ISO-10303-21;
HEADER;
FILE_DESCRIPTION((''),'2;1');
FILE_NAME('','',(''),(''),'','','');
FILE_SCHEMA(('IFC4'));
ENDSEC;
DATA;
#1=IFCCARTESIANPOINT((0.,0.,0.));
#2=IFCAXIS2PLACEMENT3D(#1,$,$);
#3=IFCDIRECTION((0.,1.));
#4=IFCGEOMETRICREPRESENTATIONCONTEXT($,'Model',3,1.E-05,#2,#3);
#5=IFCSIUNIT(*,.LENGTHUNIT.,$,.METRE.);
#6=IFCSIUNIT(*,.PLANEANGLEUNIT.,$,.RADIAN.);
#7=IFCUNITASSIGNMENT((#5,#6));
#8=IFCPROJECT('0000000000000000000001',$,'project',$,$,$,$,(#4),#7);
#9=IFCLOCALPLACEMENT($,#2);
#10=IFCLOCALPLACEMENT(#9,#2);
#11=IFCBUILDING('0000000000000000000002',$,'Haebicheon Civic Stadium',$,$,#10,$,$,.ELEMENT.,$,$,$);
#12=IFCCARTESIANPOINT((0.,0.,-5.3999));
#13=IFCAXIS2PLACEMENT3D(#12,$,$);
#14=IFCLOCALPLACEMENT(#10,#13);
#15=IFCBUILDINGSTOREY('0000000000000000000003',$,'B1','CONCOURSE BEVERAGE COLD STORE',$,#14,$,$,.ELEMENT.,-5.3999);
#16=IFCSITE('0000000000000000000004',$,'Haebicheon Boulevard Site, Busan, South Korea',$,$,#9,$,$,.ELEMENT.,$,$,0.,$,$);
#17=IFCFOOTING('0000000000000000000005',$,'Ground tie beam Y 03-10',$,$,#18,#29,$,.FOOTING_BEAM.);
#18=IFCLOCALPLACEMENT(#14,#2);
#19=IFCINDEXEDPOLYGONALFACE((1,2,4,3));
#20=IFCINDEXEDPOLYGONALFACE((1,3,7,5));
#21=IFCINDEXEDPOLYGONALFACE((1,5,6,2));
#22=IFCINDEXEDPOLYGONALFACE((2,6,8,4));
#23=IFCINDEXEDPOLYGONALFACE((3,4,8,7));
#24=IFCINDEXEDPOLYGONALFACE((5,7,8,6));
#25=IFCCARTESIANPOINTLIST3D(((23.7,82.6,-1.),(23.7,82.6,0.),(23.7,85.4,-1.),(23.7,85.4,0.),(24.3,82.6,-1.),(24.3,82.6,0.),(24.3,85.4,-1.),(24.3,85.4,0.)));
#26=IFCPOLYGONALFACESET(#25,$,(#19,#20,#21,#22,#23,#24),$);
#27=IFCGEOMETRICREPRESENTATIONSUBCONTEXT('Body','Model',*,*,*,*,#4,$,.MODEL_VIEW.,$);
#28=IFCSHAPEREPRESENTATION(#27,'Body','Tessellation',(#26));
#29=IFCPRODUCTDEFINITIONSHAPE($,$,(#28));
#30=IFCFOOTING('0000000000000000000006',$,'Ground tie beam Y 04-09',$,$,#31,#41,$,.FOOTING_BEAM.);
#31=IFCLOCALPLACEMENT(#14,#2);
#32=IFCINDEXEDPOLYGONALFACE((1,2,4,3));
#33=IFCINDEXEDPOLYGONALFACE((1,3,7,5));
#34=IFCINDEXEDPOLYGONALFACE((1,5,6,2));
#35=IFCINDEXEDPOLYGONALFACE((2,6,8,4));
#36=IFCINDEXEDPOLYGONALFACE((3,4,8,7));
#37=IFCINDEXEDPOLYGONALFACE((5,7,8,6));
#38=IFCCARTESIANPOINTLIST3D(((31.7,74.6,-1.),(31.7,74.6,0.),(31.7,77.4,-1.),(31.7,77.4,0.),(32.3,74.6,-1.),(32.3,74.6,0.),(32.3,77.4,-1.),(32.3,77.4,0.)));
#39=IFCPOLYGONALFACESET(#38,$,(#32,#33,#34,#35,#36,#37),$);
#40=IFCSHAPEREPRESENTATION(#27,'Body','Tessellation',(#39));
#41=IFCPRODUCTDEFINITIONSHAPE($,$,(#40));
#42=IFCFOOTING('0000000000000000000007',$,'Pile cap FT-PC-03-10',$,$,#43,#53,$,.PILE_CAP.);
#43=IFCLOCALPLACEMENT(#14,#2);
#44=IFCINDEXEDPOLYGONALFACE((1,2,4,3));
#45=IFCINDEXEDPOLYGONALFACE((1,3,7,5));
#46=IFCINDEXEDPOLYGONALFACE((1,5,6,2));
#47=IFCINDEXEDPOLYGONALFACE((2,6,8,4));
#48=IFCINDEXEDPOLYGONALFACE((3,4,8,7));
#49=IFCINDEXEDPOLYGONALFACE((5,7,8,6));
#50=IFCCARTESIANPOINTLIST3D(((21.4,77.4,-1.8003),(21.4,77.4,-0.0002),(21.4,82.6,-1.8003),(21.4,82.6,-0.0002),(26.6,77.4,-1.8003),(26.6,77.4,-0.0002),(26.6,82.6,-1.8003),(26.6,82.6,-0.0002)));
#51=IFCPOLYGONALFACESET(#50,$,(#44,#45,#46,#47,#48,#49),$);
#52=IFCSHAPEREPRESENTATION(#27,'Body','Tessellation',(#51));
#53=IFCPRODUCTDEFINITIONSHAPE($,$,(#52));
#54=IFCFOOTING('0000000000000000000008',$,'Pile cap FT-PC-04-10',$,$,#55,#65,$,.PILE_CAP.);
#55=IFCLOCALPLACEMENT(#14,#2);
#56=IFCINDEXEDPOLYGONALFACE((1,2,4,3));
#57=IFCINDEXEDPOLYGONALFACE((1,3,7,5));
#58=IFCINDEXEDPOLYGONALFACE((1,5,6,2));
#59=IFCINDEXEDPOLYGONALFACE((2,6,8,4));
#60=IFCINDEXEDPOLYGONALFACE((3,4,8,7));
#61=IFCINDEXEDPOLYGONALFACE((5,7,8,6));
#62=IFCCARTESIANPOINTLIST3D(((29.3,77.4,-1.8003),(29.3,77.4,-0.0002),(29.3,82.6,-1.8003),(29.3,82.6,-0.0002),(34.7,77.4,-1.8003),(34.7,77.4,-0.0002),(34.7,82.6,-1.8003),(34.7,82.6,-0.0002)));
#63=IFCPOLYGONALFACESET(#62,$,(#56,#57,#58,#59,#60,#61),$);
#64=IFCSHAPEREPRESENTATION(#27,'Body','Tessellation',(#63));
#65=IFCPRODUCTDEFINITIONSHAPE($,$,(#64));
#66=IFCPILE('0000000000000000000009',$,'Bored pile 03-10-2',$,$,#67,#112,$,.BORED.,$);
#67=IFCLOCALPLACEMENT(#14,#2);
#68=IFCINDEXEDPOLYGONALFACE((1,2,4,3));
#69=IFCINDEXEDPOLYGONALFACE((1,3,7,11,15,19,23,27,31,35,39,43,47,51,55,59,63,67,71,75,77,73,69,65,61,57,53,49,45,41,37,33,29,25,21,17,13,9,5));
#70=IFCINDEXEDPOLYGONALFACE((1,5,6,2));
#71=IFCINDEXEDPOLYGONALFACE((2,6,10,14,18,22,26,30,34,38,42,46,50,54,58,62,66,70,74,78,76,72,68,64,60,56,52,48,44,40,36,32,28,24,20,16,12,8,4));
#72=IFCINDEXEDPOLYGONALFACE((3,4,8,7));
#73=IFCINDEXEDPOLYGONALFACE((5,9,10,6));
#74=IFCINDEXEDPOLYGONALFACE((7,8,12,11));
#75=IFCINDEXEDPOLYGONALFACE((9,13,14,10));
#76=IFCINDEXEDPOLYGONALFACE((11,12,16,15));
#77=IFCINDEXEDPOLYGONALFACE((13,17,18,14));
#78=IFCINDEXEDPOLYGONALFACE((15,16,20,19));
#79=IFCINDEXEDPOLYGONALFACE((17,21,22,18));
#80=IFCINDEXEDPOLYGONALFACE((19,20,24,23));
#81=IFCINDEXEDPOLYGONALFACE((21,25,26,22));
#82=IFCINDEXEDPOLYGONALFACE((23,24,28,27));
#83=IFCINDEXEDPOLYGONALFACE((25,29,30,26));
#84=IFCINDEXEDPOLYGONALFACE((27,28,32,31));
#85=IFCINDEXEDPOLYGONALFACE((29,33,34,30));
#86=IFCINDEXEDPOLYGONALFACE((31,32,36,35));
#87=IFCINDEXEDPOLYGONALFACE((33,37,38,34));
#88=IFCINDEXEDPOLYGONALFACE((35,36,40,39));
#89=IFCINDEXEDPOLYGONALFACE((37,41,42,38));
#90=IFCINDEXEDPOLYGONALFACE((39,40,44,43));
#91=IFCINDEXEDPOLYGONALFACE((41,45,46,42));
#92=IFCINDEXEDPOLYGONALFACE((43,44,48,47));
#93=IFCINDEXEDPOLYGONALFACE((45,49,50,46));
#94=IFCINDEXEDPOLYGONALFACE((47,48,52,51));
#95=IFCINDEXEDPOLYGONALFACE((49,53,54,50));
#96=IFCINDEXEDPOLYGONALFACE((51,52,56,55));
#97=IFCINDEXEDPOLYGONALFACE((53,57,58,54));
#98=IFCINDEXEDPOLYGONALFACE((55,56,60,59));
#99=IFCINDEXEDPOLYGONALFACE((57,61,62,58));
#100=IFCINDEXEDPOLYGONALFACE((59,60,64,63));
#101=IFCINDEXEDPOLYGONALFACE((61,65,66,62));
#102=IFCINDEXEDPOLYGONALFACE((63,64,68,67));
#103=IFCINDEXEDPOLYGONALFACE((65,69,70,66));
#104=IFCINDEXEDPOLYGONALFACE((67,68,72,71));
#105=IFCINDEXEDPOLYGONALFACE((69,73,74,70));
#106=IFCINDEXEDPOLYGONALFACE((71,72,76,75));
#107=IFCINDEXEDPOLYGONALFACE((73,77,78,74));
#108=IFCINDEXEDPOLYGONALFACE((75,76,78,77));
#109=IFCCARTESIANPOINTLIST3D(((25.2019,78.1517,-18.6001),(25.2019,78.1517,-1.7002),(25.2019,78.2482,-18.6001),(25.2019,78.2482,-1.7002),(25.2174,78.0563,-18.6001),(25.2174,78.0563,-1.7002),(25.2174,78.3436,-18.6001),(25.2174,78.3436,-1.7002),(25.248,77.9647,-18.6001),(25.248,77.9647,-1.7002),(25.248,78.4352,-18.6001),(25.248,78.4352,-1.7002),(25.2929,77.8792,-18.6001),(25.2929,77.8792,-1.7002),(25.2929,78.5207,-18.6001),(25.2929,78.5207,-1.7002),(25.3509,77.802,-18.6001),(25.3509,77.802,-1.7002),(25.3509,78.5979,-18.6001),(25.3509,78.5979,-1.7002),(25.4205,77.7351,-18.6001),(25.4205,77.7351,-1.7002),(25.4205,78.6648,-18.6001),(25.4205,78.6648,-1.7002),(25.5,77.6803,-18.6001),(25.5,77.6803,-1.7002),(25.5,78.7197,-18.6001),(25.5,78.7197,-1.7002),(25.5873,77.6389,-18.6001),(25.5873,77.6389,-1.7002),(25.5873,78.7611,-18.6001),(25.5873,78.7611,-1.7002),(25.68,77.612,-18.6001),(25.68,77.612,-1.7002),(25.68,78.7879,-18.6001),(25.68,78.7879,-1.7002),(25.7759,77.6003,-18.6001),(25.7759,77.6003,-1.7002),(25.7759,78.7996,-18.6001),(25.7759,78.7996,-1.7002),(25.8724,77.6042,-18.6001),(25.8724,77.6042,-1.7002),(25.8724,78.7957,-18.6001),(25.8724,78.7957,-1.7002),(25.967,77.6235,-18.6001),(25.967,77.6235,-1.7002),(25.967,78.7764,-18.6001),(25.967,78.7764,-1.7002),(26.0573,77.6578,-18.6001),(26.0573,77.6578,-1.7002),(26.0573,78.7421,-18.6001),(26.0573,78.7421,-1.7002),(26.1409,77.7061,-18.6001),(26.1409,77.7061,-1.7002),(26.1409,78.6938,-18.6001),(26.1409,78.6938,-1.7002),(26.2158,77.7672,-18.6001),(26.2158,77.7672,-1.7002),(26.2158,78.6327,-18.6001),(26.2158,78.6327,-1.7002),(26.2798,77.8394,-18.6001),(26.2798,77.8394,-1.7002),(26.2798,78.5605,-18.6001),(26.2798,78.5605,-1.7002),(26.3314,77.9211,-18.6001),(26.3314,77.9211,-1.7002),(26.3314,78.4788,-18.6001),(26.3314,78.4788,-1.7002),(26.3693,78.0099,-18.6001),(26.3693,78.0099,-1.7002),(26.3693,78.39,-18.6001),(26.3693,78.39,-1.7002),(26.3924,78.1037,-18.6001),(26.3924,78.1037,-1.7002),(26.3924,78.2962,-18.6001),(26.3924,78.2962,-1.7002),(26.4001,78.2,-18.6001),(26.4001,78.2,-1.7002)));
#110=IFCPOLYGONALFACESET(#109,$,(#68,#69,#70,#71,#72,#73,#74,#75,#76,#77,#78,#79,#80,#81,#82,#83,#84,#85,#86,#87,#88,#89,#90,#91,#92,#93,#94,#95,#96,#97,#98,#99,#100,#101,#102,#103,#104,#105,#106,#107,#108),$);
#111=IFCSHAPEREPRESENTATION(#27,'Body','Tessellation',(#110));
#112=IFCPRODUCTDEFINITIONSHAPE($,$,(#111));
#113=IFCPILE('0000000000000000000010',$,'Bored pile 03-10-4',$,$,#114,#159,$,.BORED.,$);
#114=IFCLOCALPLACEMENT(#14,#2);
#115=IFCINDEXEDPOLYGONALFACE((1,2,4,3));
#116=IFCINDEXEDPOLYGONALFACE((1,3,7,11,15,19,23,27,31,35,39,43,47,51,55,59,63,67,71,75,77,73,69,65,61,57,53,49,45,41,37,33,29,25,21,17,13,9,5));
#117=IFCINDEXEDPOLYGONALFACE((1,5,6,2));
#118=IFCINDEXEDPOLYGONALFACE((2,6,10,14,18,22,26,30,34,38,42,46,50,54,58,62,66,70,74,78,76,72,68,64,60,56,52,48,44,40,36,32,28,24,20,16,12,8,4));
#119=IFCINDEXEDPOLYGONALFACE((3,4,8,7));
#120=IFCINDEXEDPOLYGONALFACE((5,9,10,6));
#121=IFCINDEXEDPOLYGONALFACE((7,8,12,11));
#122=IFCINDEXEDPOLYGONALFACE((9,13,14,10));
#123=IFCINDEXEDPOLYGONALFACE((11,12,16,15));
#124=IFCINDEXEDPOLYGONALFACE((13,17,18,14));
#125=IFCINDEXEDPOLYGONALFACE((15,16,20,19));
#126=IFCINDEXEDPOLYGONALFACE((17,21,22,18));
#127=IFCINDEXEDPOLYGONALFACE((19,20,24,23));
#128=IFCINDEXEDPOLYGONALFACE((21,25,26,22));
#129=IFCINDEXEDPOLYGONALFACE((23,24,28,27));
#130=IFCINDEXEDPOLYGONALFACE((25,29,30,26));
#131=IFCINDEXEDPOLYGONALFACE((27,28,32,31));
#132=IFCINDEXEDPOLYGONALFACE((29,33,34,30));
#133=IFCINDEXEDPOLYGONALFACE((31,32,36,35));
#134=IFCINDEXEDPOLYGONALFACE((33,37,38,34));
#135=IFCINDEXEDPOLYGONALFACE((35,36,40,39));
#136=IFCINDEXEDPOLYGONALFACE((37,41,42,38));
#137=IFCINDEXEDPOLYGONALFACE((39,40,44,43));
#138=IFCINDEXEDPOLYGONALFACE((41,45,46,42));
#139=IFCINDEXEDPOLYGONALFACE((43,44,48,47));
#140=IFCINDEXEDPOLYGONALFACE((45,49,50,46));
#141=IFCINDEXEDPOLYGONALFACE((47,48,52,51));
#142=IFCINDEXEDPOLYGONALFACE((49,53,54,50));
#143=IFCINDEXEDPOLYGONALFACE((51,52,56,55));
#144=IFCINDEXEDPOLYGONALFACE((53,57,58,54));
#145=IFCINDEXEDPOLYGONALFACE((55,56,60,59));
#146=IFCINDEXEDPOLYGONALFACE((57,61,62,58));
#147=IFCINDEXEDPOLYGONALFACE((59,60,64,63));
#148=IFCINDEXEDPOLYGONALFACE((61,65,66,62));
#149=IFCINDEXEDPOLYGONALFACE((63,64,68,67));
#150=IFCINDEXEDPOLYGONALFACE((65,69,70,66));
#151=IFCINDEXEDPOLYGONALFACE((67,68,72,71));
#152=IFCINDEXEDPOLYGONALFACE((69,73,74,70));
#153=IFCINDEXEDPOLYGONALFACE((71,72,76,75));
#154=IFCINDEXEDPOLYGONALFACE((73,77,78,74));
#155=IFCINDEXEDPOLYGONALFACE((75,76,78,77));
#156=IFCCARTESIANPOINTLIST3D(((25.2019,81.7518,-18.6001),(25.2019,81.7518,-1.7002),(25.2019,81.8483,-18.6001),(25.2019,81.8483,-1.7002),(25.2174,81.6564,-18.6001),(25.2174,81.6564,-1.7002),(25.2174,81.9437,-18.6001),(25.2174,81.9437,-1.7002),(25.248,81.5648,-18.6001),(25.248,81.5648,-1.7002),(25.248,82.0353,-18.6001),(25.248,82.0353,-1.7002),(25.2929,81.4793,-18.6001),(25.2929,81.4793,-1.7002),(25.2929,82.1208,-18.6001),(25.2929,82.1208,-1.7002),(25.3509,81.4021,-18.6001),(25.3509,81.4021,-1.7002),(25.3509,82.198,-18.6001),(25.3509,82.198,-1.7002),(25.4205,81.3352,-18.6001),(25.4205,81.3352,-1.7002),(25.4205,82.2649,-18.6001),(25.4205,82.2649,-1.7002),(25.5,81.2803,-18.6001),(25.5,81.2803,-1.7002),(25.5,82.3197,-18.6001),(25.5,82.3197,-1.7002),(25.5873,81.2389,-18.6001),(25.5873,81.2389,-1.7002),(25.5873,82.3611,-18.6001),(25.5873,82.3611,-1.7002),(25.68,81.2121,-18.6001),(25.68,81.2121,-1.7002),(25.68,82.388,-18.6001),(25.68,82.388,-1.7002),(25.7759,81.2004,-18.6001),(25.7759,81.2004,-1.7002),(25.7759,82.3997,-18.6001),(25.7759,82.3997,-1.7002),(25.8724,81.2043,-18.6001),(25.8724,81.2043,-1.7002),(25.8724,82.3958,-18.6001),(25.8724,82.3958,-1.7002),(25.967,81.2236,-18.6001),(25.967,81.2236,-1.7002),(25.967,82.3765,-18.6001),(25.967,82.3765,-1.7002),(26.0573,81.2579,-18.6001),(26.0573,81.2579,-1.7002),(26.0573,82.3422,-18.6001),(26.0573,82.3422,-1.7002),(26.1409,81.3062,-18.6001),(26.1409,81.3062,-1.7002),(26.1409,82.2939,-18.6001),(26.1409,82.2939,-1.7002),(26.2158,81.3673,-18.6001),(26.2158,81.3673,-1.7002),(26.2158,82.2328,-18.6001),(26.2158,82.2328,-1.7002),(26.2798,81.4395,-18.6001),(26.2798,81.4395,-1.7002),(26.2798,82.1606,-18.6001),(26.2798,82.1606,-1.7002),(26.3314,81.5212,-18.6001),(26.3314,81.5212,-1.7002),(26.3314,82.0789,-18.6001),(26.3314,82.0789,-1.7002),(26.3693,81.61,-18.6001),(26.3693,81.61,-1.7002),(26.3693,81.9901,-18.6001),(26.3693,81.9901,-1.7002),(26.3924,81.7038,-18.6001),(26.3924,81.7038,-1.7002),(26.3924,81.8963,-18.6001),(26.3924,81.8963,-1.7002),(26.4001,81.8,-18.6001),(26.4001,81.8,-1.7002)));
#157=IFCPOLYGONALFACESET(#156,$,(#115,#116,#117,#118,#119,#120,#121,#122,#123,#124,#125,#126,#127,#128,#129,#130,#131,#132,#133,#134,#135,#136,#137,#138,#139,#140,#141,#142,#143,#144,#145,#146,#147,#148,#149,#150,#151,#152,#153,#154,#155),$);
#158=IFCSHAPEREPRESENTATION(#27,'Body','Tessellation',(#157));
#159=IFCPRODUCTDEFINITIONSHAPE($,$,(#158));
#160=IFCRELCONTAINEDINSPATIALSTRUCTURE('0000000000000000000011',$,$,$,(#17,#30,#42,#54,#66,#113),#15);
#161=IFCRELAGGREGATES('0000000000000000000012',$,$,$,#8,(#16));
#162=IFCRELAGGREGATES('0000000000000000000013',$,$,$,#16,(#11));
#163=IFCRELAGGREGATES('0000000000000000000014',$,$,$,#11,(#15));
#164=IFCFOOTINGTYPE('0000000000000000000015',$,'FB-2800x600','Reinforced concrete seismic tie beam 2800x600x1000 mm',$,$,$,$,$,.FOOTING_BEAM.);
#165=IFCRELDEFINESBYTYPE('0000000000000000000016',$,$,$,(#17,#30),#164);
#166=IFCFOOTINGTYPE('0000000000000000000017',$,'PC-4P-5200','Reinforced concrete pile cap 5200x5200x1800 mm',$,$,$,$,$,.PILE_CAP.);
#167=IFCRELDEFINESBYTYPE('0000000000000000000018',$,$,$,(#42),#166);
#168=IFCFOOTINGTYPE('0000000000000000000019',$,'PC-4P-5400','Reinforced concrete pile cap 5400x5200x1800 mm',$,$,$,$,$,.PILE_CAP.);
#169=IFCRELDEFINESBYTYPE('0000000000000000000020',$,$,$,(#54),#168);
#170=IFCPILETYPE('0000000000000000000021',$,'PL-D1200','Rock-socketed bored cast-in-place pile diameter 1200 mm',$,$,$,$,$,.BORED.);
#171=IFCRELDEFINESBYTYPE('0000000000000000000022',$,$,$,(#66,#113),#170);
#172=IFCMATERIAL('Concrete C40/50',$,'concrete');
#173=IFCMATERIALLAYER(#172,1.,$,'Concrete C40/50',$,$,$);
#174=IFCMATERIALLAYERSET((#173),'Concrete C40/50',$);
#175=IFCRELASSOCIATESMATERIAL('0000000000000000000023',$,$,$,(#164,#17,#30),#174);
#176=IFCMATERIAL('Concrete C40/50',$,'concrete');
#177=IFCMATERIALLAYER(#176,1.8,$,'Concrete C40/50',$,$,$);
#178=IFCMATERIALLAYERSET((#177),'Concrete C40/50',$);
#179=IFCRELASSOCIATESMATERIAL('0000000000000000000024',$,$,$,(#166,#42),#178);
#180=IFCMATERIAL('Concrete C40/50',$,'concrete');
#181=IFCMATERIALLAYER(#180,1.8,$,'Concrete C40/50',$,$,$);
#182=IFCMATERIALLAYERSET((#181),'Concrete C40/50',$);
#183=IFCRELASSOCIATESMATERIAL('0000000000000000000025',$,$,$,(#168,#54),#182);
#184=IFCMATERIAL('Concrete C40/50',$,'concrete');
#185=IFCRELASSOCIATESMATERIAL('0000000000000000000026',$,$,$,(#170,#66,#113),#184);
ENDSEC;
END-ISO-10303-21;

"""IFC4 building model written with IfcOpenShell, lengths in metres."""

from ifc_helpers import new_model, si_unit, direction, frame, origin, origin_2d, place, context, subcontext, project, spatial, rectangle, circle, extrude, material, layer, layer_set, material_profile, profile_set, type_object, element, save


model = new_model("IFC4")

# Units and contexts
model_context = context("Model", 3, precision=1e-05, world=origin(), true_north=direction((0.0, 1.0)))
body_context = subcontext(model_context, "Body", "Model", "MODEL_VIEW")
ifc_project = project(units=[si_unit("LENGTHUNIT", "METRE"), si_unit("PLANEANGLEUNIT", "RADIAN")], contexts=[model_context])

# Site, building, storey
site_placement = place(None, origin())
site = spatial("IfcSite", under=ifc_project, at=site_placement, Name="Haebicheon Boulevard Site, Busan, South Korea", CompositionType="ELEMENT", RefElevation=0.0)
building_placement = place(site_placement, origin())
building = spatial("IfcBuilding", under=site, at=building_placement, Name="Haebicheon Civic Stadium", CompositionType="ELEMENT")
storey_placement = place(building_placement, frame((0.0, 0.0, -5.3999)))
storey = spatial("IfcBuildingStorey", under=building, at=storey_placement, Name="B1", Description="CONCOURSE BEVERAGE COLD STORE", CompositionType="ELEMENT", Elevation=-5.3999)

# Footings
ifc_material_1 = material(Name="Concrete C40/50", Category="concrete")
ifc_layer_1 = layer(ifc_material_1, 1.0, Name="Concrete C40/50")
ifc_layer_set_1 = layer_set([ifc_layer_1], Name="Concrete C40/50")
footing_type_1 = type_object("IfcFootingType", Name="FB-2800x600", Description="Reinforced concrete seismic tie beam 2800x600x1000 mm", PredefinedType="FOOTING_BEAM", material=ifc_layer_set_1)
for number, where, z_axis, x_axis, name in (
    (1, (24.0, 84.0, -1.0), (0.0, 0.0, 1.0), (0.0, 1.0, 0.0), "Ground tie beam Y 03-10"),
    (2, (32.0, 76.0, -1.0), (0.0, 0.0, 1.0), (0.0, 1.0, 0.0), "Ground tie beam Y 04-09"),
):
    element("IfcFooting", number, at=place(storey_placement, frame(where, z_axis=z_axis, x_axis=x_axis)), inside=storey, type_object=footing_type_1, material=ifc_layer_set_1, Name=name, PredefinedType="FOOTING_BEAM", context=body_context, shape_type="SweptSolid", body=[
        extrude(rectangle(XDim=2.8, YDim=0.6001, at=origin_2d()), origin(), (0.0, 0.0, 1.0), 1.0),
    ])
ifc_material_2 = material(Name="Concrete C40/50", Category="concrete")
ifc_layer_2 = layer(ifc_material_2, 1.8, Name="Concrete C40/50")
ifc_layer_set_2 = layer_set([ifc_layer_2], Name="Concrete C40/50")
footing_type_2 = type_object("IfcFootingType", Name="PC-4P-5200", Description="Reinforced concrete pile cap 5200x5200x1800 mm", PredefinedType="PILE_CAP", material=ifc_layer_set_2)
footing_1_placement = place(storey_placement, frame((24.0, 80.0, -1.8003), z_axis=(0.0, 0.0, 1.0), x_axis=(1.0, 0.0, 0.0)))
element("IfcFooting", 3, at=footing_1_placement, inside=storey, type_object=footing_type_2, material=ifc_layer_set_2, Name="Pile cap FT-PC-03-10", PredefinedType="PILE_CAP", context=body_context, shape_type="SweptSolid", body=[
    extrude(rectangle(XDim=5.2, YDim=5.2, at=origin_2d()), origin(), (0.0, 0.0, 1.0), 1.8),
])
ifc_material_3 = material(Name="Concrete C40/50", Category="concrete")
ifc_layer_3 = layer(ifc_material_3, 1.8, Name="Concrete C40/50")
ifc_layer_set_3 = layer_set([ifc_layer_3], Name="Concrete C40/50")
footing_type_3 = type_object("IfcFootingType", Name="PC-4P-5400", Description="Reinforced concrete pile cap 5400x5200x1800 mm", PredefinedType="PILE_CAP", material=ifc_layer_set_3)
footing_2_placement = place(storey_placement, frame((32.0, 80.0, -1.8003), z_axis=(0.0, 0.0, 1.0), x_axis=(1.0, 0.0, 0.0)))
element("IfcFooting", 4, at=footing_2_placement, inside=storey, type_object=footing_type_3, material=ifc_layer_set_3, Name="Pile cap FT-PC-04-10", PredefinedType="PILE_CAP", context=body_context, shape_type="SweptSolid", body=[
    extrude(rectangle(XDim=5.3999, YDim=5.2, at=origin_2d()), origin(), (0.0, 0.0, 1.0), 1.8),
])

# Piles
ifc_material_4 = material(Name="Concrete C40/50", Category="concrete")
ifc_material_profile_1 = material_profile(ifc_material_4, circle(Radius=0.6001, at=origin_2d()), Name="PILE-D1200")
ifc_profile_set_1 = profile_set([ifc_material_profile_1], Name="Concrete C40/50")
pile_type = type_object("IfcPileType", Name="PL-D1200", Description="Rock-socketed bored cast-in-place pile diameter 1200 mm", PredefinedType="BORED", material=ifc_profile_set_1)
for number, where, z_axis, x_axis, name in (
    (5, (25.8, 78.2, -1.7002), (0.0, 0.0, -1.0), (1.0, 0.0, 0.0), "Bored pile 03-10-2"),
    (6, (25.8, 81.8, -1.7002), (0.0, 0.0, -1.0), (1.0, 0.0, 0.0), "Bored pile 03-10-4"),
):
    element("IfcPile", number, at=place(storey_placement, frame(where, z_axis=z_axis, x_axis=x_axis)), inside=storey, type_object=pile_type, material=ifc_profile_set_1, Name=name, PredefinedType="BORED", context=body_context, shape_type="SweptSolid", body=[
        extrude(circle(Radius=0.6001, at=origin_2d()), origin(), (0.0, 0.0, 1.0), 16.8999),
    ])

save(model, "model.ifc")
